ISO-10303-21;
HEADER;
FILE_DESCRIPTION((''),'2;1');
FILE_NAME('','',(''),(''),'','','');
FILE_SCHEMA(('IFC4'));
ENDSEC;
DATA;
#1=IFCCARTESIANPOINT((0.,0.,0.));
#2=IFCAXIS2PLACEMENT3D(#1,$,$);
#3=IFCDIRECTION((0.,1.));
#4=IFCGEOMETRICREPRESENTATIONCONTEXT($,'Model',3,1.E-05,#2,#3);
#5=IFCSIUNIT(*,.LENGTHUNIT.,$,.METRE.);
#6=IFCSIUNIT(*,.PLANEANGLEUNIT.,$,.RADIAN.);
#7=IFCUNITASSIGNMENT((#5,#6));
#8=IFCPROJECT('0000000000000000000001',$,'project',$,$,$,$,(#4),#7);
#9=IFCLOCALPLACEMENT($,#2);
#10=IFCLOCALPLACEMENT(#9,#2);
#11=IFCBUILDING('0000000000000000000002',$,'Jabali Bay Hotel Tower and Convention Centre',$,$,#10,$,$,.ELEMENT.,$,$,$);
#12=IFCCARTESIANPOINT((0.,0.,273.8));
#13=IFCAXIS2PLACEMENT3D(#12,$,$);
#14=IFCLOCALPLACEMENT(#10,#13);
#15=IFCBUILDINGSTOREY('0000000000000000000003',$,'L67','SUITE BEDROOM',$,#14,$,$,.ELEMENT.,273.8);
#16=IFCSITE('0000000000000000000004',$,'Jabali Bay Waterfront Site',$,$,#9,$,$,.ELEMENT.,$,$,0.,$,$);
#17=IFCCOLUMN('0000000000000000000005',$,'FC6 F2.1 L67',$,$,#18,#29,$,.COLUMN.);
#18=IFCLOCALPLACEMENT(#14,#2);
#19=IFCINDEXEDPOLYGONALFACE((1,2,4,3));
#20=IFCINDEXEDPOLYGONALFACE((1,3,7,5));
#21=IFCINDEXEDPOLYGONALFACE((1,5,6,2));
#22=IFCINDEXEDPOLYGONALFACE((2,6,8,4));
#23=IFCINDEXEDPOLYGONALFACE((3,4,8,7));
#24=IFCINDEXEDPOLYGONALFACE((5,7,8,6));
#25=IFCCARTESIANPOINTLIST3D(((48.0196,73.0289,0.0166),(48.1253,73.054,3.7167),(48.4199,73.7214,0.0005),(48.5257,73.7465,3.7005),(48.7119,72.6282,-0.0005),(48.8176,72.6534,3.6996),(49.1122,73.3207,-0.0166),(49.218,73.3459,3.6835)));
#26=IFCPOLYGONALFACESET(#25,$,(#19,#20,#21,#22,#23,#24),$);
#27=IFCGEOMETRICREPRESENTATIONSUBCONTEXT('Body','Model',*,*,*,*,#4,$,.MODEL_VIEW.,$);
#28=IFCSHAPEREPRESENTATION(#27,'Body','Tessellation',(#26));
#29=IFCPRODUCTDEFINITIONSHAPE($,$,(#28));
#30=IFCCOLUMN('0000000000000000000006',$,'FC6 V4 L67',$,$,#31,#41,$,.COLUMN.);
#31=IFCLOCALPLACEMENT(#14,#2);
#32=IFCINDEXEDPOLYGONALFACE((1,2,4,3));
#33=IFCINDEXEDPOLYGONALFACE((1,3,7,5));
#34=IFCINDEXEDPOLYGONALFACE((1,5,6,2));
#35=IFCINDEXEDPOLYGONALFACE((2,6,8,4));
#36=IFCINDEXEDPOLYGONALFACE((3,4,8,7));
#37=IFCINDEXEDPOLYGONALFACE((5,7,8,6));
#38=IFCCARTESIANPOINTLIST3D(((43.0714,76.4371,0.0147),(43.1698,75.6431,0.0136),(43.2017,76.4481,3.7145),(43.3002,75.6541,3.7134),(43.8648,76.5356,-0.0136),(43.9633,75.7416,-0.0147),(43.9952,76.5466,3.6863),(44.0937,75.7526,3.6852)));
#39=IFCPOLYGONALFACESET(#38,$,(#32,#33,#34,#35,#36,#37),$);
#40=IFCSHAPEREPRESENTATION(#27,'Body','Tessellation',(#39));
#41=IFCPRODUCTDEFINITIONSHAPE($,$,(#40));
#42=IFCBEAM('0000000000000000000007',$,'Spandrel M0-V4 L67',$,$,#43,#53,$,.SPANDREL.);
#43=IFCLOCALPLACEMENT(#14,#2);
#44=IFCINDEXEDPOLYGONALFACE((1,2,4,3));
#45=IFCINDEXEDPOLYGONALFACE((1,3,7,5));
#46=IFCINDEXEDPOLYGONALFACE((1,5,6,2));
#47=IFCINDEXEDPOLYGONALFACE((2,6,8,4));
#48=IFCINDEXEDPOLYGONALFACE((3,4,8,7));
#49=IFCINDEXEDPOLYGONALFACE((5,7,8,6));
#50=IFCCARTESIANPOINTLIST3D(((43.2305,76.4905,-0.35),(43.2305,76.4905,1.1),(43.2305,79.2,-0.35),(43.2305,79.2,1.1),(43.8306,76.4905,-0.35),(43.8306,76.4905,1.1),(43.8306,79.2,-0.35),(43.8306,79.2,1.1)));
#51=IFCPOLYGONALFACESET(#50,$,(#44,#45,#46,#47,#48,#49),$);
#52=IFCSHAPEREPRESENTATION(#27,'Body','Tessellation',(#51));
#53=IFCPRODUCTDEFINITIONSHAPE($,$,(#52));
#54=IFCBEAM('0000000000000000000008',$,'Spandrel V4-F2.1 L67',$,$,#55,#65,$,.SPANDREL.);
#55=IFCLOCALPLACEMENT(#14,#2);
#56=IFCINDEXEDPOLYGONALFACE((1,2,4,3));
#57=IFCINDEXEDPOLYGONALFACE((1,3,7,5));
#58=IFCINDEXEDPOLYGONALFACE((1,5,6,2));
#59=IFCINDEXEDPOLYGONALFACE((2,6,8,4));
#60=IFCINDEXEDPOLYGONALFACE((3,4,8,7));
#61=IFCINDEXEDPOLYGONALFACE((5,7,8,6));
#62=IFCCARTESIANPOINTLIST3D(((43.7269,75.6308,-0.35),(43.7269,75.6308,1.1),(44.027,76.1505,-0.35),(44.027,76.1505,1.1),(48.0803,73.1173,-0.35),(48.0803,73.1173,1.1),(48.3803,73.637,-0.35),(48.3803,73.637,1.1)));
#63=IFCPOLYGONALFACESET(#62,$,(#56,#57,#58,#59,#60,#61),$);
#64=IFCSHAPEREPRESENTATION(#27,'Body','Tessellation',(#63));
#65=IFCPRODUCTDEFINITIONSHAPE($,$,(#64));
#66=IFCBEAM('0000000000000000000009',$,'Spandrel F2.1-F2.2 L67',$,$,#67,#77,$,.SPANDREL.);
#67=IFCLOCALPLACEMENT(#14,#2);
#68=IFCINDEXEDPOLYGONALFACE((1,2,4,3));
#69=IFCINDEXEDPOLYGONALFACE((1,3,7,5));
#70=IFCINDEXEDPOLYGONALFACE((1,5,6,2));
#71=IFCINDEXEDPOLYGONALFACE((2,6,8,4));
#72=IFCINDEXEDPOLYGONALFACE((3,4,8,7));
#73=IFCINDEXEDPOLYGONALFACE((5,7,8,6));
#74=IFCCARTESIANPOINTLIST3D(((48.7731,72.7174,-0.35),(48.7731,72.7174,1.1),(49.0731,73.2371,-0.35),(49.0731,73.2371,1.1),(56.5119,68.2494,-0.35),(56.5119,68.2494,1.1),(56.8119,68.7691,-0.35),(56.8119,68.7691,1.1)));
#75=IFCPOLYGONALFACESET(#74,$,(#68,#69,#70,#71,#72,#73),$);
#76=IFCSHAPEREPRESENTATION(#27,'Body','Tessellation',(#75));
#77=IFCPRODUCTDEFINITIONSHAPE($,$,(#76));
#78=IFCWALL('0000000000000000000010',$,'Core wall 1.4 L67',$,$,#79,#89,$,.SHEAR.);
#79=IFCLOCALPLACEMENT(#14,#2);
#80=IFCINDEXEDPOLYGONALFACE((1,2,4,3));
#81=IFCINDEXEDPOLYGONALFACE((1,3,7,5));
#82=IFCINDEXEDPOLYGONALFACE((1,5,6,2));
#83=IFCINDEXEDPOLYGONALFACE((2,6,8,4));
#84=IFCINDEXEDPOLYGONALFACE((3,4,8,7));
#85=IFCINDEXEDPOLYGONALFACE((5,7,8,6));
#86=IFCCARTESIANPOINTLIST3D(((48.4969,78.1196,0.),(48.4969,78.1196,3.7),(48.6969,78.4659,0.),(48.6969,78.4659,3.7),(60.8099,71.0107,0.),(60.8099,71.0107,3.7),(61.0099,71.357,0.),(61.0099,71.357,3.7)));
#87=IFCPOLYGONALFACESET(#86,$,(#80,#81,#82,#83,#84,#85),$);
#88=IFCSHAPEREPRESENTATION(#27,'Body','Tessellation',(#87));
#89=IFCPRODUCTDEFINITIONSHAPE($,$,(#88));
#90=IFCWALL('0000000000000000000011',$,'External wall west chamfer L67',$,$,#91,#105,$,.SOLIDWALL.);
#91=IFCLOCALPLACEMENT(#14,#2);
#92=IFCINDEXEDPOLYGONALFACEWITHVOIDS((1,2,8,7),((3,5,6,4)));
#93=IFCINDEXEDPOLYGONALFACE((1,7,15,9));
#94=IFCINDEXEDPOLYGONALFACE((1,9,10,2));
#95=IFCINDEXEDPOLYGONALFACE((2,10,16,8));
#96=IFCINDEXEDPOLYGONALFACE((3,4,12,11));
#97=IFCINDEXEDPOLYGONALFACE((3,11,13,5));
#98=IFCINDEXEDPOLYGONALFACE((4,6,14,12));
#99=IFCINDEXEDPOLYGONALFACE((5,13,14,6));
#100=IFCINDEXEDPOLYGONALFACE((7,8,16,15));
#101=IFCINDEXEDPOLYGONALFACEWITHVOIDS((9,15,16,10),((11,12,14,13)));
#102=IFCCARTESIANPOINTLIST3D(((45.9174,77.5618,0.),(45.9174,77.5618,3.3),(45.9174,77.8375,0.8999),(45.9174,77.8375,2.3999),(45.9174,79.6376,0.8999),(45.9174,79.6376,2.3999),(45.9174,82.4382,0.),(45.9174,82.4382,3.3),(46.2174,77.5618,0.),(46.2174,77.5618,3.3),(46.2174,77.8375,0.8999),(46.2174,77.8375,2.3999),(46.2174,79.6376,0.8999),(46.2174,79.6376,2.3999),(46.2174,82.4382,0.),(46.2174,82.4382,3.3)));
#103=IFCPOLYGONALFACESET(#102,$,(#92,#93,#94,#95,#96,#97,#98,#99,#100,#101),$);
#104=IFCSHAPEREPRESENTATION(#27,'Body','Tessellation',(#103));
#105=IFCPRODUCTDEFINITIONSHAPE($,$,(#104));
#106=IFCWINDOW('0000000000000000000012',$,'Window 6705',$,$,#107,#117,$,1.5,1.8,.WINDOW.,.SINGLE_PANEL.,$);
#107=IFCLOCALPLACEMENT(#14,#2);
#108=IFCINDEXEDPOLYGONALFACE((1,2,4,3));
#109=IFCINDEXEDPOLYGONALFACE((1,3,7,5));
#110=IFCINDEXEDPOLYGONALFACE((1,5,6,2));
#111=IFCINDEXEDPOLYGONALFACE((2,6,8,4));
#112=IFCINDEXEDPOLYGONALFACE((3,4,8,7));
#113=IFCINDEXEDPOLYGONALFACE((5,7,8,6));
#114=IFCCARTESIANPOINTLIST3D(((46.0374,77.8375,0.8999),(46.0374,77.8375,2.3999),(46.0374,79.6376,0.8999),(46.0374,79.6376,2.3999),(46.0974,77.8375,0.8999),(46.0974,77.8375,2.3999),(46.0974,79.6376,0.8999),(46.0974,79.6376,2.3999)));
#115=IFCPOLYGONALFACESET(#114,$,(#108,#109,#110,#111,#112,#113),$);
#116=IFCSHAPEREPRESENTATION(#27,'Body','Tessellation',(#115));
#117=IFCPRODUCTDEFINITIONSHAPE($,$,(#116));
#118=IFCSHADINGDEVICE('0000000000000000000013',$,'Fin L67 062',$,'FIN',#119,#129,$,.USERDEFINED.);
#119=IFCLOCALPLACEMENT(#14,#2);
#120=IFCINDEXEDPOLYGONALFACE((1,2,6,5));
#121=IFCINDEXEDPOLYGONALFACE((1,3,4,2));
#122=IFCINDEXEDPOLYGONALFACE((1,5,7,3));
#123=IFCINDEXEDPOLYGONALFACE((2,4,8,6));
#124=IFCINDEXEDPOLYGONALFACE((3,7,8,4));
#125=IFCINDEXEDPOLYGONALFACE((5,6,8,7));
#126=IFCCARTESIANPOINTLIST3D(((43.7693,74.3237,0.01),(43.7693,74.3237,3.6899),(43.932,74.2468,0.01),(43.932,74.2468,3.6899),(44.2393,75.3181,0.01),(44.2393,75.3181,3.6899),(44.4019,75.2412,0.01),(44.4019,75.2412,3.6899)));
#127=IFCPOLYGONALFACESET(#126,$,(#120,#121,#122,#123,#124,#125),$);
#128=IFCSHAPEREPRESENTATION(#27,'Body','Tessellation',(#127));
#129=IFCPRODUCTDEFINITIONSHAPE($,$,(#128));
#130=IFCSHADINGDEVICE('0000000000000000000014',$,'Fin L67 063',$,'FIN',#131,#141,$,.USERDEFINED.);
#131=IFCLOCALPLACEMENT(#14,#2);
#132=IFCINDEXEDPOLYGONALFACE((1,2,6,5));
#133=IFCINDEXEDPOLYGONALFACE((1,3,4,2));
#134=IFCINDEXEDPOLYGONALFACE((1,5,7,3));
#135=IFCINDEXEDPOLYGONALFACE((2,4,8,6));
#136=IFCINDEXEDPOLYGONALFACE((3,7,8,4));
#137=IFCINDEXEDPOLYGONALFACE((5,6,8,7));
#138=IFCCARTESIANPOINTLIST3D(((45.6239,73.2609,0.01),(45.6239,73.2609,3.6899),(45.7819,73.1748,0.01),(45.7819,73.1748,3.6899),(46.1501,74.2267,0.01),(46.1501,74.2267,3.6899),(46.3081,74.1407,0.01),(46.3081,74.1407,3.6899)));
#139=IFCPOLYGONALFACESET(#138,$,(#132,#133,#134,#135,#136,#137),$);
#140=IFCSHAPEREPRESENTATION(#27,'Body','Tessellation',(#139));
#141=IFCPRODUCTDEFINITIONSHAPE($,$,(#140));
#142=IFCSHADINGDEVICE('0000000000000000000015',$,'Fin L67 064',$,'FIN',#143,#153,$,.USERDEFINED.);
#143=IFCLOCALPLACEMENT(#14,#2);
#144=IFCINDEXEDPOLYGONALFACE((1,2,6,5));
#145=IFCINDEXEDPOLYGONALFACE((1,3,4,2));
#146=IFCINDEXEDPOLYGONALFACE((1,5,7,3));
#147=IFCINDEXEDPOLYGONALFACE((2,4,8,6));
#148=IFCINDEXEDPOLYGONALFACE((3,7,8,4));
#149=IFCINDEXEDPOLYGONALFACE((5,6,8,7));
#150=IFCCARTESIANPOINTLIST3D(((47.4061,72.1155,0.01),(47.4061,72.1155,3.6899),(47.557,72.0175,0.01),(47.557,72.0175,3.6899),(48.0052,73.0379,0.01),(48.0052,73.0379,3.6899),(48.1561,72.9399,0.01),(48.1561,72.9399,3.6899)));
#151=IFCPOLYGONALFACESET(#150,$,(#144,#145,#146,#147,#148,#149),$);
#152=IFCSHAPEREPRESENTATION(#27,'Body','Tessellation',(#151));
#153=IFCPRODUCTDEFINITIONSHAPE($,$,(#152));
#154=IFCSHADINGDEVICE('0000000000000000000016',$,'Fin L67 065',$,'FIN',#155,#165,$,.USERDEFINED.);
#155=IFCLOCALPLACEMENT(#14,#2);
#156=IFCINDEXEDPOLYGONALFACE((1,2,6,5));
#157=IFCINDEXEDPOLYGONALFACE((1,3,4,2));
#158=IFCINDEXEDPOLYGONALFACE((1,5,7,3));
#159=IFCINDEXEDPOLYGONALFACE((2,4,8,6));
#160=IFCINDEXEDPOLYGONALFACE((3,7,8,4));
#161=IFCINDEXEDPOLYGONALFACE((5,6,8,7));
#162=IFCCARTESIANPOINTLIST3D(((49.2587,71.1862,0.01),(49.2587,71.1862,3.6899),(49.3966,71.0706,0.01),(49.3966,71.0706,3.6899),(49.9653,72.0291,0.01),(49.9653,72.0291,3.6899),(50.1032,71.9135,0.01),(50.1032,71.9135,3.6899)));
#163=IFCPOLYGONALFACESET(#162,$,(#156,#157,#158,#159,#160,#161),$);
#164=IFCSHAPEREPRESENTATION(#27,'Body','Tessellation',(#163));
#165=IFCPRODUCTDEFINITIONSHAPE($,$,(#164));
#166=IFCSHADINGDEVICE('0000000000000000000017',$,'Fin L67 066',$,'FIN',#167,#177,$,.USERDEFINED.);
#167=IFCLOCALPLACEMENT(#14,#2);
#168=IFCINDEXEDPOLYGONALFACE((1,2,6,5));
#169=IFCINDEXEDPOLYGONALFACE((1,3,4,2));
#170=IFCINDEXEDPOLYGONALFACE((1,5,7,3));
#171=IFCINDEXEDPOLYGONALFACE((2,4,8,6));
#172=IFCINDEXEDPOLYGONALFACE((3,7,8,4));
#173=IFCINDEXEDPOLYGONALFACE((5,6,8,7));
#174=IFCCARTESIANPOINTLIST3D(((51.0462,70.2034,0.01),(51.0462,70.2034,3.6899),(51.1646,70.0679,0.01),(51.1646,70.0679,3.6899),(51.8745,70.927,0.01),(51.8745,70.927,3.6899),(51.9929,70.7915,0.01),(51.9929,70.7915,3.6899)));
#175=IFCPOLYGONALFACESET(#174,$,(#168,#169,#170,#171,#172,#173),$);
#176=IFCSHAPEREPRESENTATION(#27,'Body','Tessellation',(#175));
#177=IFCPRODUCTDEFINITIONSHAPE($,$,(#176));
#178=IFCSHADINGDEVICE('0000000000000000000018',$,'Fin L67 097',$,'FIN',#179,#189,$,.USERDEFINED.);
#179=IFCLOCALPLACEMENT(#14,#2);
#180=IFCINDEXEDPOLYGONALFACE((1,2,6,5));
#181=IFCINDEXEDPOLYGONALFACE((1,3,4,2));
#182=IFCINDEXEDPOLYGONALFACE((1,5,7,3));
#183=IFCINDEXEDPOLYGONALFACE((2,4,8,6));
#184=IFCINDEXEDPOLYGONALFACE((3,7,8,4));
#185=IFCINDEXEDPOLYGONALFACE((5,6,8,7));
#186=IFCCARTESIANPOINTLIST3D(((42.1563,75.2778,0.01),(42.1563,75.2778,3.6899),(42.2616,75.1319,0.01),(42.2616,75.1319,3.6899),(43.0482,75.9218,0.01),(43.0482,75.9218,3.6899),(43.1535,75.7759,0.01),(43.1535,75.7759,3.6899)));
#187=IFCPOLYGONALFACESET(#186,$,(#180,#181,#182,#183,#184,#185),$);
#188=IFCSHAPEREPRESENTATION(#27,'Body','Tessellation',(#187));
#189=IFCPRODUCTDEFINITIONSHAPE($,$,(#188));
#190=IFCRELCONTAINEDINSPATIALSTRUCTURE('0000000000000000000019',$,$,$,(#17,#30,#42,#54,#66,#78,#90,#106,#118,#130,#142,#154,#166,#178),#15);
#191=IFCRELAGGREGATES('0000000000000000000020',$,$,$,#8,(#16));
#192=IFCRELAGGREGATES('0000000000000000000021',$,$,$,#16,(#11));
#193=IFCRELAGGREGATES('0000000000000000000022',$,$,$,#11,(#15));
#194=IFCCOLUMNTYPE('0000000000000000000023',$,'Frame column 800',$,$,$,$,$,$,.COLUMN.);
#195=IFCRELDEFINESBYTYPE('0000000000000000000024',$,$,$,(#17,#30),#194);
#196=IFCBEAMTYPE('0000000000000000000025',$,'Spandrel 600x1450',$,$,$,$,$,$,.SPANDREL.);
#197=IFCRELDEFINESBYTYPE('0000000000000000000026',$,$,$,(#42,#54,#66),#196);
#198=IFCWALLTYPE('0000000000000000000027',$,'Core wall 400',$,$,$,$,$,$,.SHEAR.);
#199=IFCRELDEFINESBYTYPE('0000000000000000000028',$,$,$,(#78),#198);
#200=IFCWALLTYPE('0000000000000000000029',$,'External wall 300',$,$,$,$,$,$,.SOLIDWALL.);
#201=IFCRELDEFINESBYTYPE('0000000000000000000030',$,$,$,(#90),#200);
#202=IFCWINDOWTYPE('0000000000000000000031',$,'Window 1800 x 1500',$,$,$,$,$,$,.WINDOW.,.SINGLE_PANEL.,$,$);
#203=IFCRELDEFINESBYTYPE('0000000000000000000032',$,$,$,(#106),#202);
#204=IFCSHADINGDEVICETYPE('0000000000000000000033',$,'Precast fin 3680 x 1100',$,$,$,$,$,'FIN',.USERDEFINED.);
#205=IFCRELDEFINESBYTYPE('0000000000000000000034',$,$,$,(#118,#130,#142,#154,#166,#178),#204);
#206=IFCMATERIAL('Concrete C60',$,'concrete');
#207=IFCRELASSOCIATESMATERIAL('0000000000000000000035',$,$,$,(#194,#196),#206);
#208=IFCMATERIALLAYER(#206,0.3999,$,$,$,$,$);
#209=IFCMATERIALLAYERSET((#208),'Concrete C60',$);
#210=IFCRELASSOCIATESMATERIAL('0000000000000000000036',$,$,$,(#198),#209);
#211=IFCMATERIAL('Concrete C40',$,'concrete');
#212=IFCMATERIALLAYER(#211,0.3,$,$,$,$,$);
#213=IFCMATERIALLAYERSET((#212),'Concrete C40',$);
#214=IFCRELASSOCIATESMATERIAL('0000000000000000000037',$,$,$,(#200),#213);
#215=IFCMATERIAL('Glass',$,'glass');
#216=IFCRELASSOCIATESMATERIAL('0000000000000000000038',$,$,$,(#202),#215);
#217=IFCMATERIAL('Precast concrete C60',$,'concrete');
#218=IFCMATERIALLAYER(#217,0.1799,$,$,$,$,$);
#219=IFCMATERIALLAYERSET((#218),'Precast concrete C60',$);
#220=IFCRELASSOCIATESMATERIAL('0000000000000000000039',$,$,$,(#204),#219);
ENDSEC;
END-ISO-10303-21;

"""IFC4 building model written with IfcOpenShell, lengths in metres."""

from ifc_helpers import new_model, si_unit, direction, frame, frame_2d, origin, origin_2d, place, context, subcontext, project, spatial, rectangle, extrude, material, layer, layer_set, material_profile, profile_set, type_object, element, fill, save


model = new_model("IFC4")

# Units and contexts
model_context = context("Model", 3, precision=1e-05, world=origin(), true_north=direction((0.0, 1.0)))
body_context = subcontext(model_context, "Body", "Model", "MODEL_VIEW")
ifc_project = project(units=[si_unit("LENGTHUNIT", "METRE"), si_unit("PLANEANGLEUNIT", "RADIAN")], contexts=[model_context])

# Site, building, storey
site_placement = place(None, origin())
site = spatial("IfcSite", under=ifc_project, at=site_placement, Name="Jabali Bay Waterfront Site", CompositionType="ELEMENT", RefElevation=0.0)
building_placement = place(site_placement, origin())
building = spatial("IfcBuilding", under=site, at=building_placement, Name="Jabali Bay Hotel Tower and Convention Centre", CompositionType="ELEMENT")
storey_placement = place(building_placement, frame((0.0, 0.0, 273.8)))
storey = spatial("IfcBuildingStorey", under=building, at=storey_placement, Name="L67", Description="SUITE BEDROOM", CompositionType="ELEMENT", Elevation=273.8)

# Columns
ifc_material_1 = material(Name="Concrete C60", Category="concrete")
ifc_material_profile_1 = material_profile(ifc_material_1, rectangle(XDim=0.8, YDim=0.8, at=origin_2d()), Name="Frame column 800")
ifc_profile_set_1 = profile_set([ifc_material_profile_1], Name="Concrete C60")
column_type = type_object("IfcColumnType", Name="Frame column 800", PredefinedType="COLUMN", material=ifc_profile_set_1)
column_1_placement = place(storey_placement, frame((48.5659, 73.1748, 0.0), z_axis=(0.028559, 0.006794, 0.999569), x_axis=(-0.865319, 0.500768, 0.02132)))
element("IfcColumn", 1, at=column_1_placement, inside=storey, type_object=column_type, Name="FC6 F2.1 L67", PredefinedType="COLUMN", context=body_context, shape_type="SweptSolid", body=[
    extrude(rectangle(XDim=0.8, YDim=0.8, at=origin_2d()), origin(), (0.0, 0.0, 1.0), 3.7017),
])
column_2_placement = place(storey_placement, frame((43.5173, 76.0894, 0.0), z_axis=(0.035214, 0.002967, 0.999375), x_axis=(-0.123087, 0.992395, 0.00139)))
element("IfcColumn", 2, at=column_2_placement, inside=storey, type_object=column_type, Name="FC6 V4 L67", PredefinedType="COLUMN", context=body_context, shape_type="SweptSolid", body=[
    extrude(rectangle(XDim=0.8, YDim=0.8, at=origin_2d()), origin(), (0.0, 0.0, 1.0), 3.7021),
])

# Beams
ifc_material_profile_2 = material_profile(ifc_material_1, rectangle(XDim=0.6001, YDim=1.45, at=origin_2d()), Name="Spandrel 600x1450")
ifc_profile_set_2 = profile_set([ifc_material_profile_2], Name="Concrete C60")
beam_type = type_object("IfcBeamType", Name="Spandrel 600x1450", PredefinedType="SPANDREL", material=ifc_profile_set_2)
beam_1_placement = place(storey_placement, frame((43.5305, 79.2, 0.375), z_axis=(0.0, -1.0, 0.0), x_axis=(1.0, 0.0, 0.0)))
element("IfcBeam", 3, at=beam_1_placement, inside=storey, type_object=beam_type, Name="Spandrel M0-V4 L67", PredefinedType="SPANDREL", context=body_context, shape_type="SweptSolid", body=[
    extrude(rectangle(XDim=0.6001, YDim=1.45, at=origin_2d()), origin(), (0.0, 0.0, 1.0), 2.7095),
])
beam_2_placement = place(storey_placement, frame((43.877, 75.8906, 0.375), z_axis=(0.86602, -0.50001, 0.0), x_axis=(0.50001, 0.86602, 0.0)))
element("IfcBeam", 4, at=beam_2_placement, inside=storey, type_object=beam_type, Name="Spandrel V4-F2.1 L67", PredefinedType="SPANDREL", context=body_context, shape_type="SweptSolid", body=[
    extrude(rectangle(XDim=0.6001, YDim=1.45, at=origin_2d()), origin(), (0.0, 0.0, 1.0), 5.0269),
])
beam_3_placement = place(storey_placement, frame((48.9231, 72.9773, 0.375), z_axis=(0.866024, -0.500003, 0.0), x_axis=(0.500003, 0.866024, 0.0)))
element("IfcBeam", 5, at=beam_3_placement, inside=storey, type_object=beam_type, Name="Spandrel F2.1-F2.2 L67", PredefinedType="SPANDREL", context=body_context, shape_type="SweptSolid", body=[
    extrude(rectangle(XDim=0.6001, YDim=1.45, at=origin_2d()), origin(), (0.0, 0.0, 1.0), 8.936),
])

# Wall
ifc_layer_1 = layer(ifc_material_1, 0.3999)
ifc_layer_set_1 = layer_set([ifc_layer_1], Name="Concrete C60")
wall_type_1 = type_object("IfcWallType", Name="Core wall 400", PredefinedType="SHEAR", material=ifc_layer_set_1)
wall_1_placement = place(storey_placement, frame((48.5969, 78.2927, 0.0), z_axis=(0.0, 0.0, 1.0), x_axis=(0.866026, -0.499999, 0.0)))
element("IfcWall", 6, at=wall_1_placement, inside=storey, type_object=wall_type_1, Name="Core wall 1.4 L67", PredefinedType="SHEAR", context=body_context, shape_type="SweptSolid", body=[
    extrude(rectangle(XDim=14.2178, YDim=0.3999, at=frame_2d((7.1089, 0.0))), origin(), (0.0, 0.0, 1.0), 3.7),
])

# Wall, opening, window
ifc_material_2 = material(Name="Concrete C40", Category="concrete")
ifc_layer_2 = layer(ifc_material_2, 0.3)
ifc_layer_set_2 = layer_set([ifc_layer_2], Name="Concrete C40")
wall_type_2 = type_object("IfcWallType", Name="External wall 300", PredefinedType="SOLIDWALL", material=ifc_layer_set_2)
wall_2_placement = place(storey_placement, frame((46.0674, 77.5618, 0.0), z_axis=(0.0, 0.0, 1.0), x_axis=(0.0, 1.0, 0.0)))
wall_2 = element("IfcWall", 7, at=wall_2_placement, inside=storey, type_object=wall_type_2, Name="External wall west chamfer L67", PredefinedType="SOLIDWALL", context=body_context, shape_type="SweptSolid", body=[
    extrude(rectangle(XDim=4.8765, YDim=0.3, at=frame_2d((2.4382, 0.0))), origin(), (0.0, 0.0, 1.0), 3.3),
])
opening_placement = place(wall_2_placement, frame((0.2759, 0.0, 0.8999)))
opening = element("IfcOpeningElement", 8, at=opening_placement, cuts=wall_2, PredefinedType="OPENING", context=body_context, shape_type="SweptSolid", body=[
    extrude(rectangle(XDim=1.8, YDim=1.5, at=frame_2d((0.8999, 0.75))), frame((0.0, 0.1606, 0.0), z_axis=(0.0, -1.0, 0.0), x_axis=(1.0, 0.0, 0.0)), (0.0, 0.0, 1.0), 0.321),
])
ifc_material_3 = material(Name="Glass", Category="glass")
window_type = type_object("IfcWindowType", Name="Window 1800 x 1500", PartitioningType="SINGLE_PANEL", PredefinedType="WINDOW", material=ifc_material_3)
window_placement = place(opening_placement, origin())
window = element("IfcWindow", 9, at=window_placement, inside=storey, type_object=window_type, Name="Window 6705", OverallHeight=1.5, OverallWidth=1.8, PartitioningType="SINGLE_PANEL", PredefinedType="WINDOW", context=body_context, shape_type="SweptSolid", body=[
    extrude(rectangle(XDim=1.8, YDim=1.5, at=frame_2d((0.8999, 0.75))), frame((0.0, 0.03, 0.0), z_axis=(0.0, -1.0, 0.0), x_axis=(1.0, 0.0, 0.0)), (0.0, 0.0, 1.0), 0.0601),
])
fill(opening, window)

# Shading devices
ifc_material_4 = material(Name="Precast concrete C60", Category="concrete")
ifc_layer_3 = layer(ifc_material_4, 0.1799)
ifc_layer_set_3 = layer_set([ifc_layer_3], Name="Precast concrete C60")
shading_device_type_1 = type_object("IfcShadingDeviceType", Name="Precast fin 3680 x 1100", ElementType="FIN", PredefinedType="USERDEFINED", material=ifc_layer_set_3)
for number, where, z_axis, x_axis, name in (
    (10, (44.3206, 75.2795, 0.01), (0.0, 0.0, 1.0), (-0.427304, -0.904108, 0.0), "Fin L67 062"),
    (11, (46.229, 74.1836, 0.01), (0.0, 0.0, 1.0), (-0.47837, -0.878158, 0.0), "Fin L67 063"),
    (12, (48.0806, 72.9888, 0.01), (0.0, 0.0, 1.0), (-0.544723, -0.838616, 0.0), "Fin L67 064"),
    (13, (50.0342, 71.9712, 0.01), (0.0, 0.0, 1.0), (-0.642452, -0.766326, 0.0), "Fin L67 065"),
    (14, (51.9336, 70.8591, 0.01), (0.0, 0.0, 1.0), (-0.753113, -0.657892, 0.0), "Fin L67 066"),
):
    element("IfcShadingDevice", number, at=place(storey_placement, frame(where, z_axis=z_axis, x_axis=x_axis)), inside=storey, type_object=shading_device_type_1, Name=name, ObjectType="FIN", PredefinedType="USERDEFINED", context=body_context, shape_type="SweptSolid", body=[
        extrude(rectangle(XDim=1.0999, YDim=0.1799, at=frame_2d((0.5498, 0.0))), origin(), (0.0, 0.0, 1.0), 3.6799),
    ])
shading_device_placement = place(storey_placement, frame((43.1008, 75.8489, 0.01), z_axis=(0.0, 0.0, 1.0), x_axis=(-0.810708, -0.58545, 0.0)))
element("IfcShadingDevice", 15, at=shading_device_placement, inside=storey, type_object=shading_device_type_1, Name="Fin L67 097", ObjectType="FIN", PredefinedType="USERDEFINED", context=body_context, shape_type="SweptSolid", body=[
    extrude(rectangle(XDim=1.1001, YDim=0.1799, at=frame_2d((0.55, 0.0))), origin(), (0.0, 0.0, 1.0), 3.6799),
])

save(model, "model.ifc")
